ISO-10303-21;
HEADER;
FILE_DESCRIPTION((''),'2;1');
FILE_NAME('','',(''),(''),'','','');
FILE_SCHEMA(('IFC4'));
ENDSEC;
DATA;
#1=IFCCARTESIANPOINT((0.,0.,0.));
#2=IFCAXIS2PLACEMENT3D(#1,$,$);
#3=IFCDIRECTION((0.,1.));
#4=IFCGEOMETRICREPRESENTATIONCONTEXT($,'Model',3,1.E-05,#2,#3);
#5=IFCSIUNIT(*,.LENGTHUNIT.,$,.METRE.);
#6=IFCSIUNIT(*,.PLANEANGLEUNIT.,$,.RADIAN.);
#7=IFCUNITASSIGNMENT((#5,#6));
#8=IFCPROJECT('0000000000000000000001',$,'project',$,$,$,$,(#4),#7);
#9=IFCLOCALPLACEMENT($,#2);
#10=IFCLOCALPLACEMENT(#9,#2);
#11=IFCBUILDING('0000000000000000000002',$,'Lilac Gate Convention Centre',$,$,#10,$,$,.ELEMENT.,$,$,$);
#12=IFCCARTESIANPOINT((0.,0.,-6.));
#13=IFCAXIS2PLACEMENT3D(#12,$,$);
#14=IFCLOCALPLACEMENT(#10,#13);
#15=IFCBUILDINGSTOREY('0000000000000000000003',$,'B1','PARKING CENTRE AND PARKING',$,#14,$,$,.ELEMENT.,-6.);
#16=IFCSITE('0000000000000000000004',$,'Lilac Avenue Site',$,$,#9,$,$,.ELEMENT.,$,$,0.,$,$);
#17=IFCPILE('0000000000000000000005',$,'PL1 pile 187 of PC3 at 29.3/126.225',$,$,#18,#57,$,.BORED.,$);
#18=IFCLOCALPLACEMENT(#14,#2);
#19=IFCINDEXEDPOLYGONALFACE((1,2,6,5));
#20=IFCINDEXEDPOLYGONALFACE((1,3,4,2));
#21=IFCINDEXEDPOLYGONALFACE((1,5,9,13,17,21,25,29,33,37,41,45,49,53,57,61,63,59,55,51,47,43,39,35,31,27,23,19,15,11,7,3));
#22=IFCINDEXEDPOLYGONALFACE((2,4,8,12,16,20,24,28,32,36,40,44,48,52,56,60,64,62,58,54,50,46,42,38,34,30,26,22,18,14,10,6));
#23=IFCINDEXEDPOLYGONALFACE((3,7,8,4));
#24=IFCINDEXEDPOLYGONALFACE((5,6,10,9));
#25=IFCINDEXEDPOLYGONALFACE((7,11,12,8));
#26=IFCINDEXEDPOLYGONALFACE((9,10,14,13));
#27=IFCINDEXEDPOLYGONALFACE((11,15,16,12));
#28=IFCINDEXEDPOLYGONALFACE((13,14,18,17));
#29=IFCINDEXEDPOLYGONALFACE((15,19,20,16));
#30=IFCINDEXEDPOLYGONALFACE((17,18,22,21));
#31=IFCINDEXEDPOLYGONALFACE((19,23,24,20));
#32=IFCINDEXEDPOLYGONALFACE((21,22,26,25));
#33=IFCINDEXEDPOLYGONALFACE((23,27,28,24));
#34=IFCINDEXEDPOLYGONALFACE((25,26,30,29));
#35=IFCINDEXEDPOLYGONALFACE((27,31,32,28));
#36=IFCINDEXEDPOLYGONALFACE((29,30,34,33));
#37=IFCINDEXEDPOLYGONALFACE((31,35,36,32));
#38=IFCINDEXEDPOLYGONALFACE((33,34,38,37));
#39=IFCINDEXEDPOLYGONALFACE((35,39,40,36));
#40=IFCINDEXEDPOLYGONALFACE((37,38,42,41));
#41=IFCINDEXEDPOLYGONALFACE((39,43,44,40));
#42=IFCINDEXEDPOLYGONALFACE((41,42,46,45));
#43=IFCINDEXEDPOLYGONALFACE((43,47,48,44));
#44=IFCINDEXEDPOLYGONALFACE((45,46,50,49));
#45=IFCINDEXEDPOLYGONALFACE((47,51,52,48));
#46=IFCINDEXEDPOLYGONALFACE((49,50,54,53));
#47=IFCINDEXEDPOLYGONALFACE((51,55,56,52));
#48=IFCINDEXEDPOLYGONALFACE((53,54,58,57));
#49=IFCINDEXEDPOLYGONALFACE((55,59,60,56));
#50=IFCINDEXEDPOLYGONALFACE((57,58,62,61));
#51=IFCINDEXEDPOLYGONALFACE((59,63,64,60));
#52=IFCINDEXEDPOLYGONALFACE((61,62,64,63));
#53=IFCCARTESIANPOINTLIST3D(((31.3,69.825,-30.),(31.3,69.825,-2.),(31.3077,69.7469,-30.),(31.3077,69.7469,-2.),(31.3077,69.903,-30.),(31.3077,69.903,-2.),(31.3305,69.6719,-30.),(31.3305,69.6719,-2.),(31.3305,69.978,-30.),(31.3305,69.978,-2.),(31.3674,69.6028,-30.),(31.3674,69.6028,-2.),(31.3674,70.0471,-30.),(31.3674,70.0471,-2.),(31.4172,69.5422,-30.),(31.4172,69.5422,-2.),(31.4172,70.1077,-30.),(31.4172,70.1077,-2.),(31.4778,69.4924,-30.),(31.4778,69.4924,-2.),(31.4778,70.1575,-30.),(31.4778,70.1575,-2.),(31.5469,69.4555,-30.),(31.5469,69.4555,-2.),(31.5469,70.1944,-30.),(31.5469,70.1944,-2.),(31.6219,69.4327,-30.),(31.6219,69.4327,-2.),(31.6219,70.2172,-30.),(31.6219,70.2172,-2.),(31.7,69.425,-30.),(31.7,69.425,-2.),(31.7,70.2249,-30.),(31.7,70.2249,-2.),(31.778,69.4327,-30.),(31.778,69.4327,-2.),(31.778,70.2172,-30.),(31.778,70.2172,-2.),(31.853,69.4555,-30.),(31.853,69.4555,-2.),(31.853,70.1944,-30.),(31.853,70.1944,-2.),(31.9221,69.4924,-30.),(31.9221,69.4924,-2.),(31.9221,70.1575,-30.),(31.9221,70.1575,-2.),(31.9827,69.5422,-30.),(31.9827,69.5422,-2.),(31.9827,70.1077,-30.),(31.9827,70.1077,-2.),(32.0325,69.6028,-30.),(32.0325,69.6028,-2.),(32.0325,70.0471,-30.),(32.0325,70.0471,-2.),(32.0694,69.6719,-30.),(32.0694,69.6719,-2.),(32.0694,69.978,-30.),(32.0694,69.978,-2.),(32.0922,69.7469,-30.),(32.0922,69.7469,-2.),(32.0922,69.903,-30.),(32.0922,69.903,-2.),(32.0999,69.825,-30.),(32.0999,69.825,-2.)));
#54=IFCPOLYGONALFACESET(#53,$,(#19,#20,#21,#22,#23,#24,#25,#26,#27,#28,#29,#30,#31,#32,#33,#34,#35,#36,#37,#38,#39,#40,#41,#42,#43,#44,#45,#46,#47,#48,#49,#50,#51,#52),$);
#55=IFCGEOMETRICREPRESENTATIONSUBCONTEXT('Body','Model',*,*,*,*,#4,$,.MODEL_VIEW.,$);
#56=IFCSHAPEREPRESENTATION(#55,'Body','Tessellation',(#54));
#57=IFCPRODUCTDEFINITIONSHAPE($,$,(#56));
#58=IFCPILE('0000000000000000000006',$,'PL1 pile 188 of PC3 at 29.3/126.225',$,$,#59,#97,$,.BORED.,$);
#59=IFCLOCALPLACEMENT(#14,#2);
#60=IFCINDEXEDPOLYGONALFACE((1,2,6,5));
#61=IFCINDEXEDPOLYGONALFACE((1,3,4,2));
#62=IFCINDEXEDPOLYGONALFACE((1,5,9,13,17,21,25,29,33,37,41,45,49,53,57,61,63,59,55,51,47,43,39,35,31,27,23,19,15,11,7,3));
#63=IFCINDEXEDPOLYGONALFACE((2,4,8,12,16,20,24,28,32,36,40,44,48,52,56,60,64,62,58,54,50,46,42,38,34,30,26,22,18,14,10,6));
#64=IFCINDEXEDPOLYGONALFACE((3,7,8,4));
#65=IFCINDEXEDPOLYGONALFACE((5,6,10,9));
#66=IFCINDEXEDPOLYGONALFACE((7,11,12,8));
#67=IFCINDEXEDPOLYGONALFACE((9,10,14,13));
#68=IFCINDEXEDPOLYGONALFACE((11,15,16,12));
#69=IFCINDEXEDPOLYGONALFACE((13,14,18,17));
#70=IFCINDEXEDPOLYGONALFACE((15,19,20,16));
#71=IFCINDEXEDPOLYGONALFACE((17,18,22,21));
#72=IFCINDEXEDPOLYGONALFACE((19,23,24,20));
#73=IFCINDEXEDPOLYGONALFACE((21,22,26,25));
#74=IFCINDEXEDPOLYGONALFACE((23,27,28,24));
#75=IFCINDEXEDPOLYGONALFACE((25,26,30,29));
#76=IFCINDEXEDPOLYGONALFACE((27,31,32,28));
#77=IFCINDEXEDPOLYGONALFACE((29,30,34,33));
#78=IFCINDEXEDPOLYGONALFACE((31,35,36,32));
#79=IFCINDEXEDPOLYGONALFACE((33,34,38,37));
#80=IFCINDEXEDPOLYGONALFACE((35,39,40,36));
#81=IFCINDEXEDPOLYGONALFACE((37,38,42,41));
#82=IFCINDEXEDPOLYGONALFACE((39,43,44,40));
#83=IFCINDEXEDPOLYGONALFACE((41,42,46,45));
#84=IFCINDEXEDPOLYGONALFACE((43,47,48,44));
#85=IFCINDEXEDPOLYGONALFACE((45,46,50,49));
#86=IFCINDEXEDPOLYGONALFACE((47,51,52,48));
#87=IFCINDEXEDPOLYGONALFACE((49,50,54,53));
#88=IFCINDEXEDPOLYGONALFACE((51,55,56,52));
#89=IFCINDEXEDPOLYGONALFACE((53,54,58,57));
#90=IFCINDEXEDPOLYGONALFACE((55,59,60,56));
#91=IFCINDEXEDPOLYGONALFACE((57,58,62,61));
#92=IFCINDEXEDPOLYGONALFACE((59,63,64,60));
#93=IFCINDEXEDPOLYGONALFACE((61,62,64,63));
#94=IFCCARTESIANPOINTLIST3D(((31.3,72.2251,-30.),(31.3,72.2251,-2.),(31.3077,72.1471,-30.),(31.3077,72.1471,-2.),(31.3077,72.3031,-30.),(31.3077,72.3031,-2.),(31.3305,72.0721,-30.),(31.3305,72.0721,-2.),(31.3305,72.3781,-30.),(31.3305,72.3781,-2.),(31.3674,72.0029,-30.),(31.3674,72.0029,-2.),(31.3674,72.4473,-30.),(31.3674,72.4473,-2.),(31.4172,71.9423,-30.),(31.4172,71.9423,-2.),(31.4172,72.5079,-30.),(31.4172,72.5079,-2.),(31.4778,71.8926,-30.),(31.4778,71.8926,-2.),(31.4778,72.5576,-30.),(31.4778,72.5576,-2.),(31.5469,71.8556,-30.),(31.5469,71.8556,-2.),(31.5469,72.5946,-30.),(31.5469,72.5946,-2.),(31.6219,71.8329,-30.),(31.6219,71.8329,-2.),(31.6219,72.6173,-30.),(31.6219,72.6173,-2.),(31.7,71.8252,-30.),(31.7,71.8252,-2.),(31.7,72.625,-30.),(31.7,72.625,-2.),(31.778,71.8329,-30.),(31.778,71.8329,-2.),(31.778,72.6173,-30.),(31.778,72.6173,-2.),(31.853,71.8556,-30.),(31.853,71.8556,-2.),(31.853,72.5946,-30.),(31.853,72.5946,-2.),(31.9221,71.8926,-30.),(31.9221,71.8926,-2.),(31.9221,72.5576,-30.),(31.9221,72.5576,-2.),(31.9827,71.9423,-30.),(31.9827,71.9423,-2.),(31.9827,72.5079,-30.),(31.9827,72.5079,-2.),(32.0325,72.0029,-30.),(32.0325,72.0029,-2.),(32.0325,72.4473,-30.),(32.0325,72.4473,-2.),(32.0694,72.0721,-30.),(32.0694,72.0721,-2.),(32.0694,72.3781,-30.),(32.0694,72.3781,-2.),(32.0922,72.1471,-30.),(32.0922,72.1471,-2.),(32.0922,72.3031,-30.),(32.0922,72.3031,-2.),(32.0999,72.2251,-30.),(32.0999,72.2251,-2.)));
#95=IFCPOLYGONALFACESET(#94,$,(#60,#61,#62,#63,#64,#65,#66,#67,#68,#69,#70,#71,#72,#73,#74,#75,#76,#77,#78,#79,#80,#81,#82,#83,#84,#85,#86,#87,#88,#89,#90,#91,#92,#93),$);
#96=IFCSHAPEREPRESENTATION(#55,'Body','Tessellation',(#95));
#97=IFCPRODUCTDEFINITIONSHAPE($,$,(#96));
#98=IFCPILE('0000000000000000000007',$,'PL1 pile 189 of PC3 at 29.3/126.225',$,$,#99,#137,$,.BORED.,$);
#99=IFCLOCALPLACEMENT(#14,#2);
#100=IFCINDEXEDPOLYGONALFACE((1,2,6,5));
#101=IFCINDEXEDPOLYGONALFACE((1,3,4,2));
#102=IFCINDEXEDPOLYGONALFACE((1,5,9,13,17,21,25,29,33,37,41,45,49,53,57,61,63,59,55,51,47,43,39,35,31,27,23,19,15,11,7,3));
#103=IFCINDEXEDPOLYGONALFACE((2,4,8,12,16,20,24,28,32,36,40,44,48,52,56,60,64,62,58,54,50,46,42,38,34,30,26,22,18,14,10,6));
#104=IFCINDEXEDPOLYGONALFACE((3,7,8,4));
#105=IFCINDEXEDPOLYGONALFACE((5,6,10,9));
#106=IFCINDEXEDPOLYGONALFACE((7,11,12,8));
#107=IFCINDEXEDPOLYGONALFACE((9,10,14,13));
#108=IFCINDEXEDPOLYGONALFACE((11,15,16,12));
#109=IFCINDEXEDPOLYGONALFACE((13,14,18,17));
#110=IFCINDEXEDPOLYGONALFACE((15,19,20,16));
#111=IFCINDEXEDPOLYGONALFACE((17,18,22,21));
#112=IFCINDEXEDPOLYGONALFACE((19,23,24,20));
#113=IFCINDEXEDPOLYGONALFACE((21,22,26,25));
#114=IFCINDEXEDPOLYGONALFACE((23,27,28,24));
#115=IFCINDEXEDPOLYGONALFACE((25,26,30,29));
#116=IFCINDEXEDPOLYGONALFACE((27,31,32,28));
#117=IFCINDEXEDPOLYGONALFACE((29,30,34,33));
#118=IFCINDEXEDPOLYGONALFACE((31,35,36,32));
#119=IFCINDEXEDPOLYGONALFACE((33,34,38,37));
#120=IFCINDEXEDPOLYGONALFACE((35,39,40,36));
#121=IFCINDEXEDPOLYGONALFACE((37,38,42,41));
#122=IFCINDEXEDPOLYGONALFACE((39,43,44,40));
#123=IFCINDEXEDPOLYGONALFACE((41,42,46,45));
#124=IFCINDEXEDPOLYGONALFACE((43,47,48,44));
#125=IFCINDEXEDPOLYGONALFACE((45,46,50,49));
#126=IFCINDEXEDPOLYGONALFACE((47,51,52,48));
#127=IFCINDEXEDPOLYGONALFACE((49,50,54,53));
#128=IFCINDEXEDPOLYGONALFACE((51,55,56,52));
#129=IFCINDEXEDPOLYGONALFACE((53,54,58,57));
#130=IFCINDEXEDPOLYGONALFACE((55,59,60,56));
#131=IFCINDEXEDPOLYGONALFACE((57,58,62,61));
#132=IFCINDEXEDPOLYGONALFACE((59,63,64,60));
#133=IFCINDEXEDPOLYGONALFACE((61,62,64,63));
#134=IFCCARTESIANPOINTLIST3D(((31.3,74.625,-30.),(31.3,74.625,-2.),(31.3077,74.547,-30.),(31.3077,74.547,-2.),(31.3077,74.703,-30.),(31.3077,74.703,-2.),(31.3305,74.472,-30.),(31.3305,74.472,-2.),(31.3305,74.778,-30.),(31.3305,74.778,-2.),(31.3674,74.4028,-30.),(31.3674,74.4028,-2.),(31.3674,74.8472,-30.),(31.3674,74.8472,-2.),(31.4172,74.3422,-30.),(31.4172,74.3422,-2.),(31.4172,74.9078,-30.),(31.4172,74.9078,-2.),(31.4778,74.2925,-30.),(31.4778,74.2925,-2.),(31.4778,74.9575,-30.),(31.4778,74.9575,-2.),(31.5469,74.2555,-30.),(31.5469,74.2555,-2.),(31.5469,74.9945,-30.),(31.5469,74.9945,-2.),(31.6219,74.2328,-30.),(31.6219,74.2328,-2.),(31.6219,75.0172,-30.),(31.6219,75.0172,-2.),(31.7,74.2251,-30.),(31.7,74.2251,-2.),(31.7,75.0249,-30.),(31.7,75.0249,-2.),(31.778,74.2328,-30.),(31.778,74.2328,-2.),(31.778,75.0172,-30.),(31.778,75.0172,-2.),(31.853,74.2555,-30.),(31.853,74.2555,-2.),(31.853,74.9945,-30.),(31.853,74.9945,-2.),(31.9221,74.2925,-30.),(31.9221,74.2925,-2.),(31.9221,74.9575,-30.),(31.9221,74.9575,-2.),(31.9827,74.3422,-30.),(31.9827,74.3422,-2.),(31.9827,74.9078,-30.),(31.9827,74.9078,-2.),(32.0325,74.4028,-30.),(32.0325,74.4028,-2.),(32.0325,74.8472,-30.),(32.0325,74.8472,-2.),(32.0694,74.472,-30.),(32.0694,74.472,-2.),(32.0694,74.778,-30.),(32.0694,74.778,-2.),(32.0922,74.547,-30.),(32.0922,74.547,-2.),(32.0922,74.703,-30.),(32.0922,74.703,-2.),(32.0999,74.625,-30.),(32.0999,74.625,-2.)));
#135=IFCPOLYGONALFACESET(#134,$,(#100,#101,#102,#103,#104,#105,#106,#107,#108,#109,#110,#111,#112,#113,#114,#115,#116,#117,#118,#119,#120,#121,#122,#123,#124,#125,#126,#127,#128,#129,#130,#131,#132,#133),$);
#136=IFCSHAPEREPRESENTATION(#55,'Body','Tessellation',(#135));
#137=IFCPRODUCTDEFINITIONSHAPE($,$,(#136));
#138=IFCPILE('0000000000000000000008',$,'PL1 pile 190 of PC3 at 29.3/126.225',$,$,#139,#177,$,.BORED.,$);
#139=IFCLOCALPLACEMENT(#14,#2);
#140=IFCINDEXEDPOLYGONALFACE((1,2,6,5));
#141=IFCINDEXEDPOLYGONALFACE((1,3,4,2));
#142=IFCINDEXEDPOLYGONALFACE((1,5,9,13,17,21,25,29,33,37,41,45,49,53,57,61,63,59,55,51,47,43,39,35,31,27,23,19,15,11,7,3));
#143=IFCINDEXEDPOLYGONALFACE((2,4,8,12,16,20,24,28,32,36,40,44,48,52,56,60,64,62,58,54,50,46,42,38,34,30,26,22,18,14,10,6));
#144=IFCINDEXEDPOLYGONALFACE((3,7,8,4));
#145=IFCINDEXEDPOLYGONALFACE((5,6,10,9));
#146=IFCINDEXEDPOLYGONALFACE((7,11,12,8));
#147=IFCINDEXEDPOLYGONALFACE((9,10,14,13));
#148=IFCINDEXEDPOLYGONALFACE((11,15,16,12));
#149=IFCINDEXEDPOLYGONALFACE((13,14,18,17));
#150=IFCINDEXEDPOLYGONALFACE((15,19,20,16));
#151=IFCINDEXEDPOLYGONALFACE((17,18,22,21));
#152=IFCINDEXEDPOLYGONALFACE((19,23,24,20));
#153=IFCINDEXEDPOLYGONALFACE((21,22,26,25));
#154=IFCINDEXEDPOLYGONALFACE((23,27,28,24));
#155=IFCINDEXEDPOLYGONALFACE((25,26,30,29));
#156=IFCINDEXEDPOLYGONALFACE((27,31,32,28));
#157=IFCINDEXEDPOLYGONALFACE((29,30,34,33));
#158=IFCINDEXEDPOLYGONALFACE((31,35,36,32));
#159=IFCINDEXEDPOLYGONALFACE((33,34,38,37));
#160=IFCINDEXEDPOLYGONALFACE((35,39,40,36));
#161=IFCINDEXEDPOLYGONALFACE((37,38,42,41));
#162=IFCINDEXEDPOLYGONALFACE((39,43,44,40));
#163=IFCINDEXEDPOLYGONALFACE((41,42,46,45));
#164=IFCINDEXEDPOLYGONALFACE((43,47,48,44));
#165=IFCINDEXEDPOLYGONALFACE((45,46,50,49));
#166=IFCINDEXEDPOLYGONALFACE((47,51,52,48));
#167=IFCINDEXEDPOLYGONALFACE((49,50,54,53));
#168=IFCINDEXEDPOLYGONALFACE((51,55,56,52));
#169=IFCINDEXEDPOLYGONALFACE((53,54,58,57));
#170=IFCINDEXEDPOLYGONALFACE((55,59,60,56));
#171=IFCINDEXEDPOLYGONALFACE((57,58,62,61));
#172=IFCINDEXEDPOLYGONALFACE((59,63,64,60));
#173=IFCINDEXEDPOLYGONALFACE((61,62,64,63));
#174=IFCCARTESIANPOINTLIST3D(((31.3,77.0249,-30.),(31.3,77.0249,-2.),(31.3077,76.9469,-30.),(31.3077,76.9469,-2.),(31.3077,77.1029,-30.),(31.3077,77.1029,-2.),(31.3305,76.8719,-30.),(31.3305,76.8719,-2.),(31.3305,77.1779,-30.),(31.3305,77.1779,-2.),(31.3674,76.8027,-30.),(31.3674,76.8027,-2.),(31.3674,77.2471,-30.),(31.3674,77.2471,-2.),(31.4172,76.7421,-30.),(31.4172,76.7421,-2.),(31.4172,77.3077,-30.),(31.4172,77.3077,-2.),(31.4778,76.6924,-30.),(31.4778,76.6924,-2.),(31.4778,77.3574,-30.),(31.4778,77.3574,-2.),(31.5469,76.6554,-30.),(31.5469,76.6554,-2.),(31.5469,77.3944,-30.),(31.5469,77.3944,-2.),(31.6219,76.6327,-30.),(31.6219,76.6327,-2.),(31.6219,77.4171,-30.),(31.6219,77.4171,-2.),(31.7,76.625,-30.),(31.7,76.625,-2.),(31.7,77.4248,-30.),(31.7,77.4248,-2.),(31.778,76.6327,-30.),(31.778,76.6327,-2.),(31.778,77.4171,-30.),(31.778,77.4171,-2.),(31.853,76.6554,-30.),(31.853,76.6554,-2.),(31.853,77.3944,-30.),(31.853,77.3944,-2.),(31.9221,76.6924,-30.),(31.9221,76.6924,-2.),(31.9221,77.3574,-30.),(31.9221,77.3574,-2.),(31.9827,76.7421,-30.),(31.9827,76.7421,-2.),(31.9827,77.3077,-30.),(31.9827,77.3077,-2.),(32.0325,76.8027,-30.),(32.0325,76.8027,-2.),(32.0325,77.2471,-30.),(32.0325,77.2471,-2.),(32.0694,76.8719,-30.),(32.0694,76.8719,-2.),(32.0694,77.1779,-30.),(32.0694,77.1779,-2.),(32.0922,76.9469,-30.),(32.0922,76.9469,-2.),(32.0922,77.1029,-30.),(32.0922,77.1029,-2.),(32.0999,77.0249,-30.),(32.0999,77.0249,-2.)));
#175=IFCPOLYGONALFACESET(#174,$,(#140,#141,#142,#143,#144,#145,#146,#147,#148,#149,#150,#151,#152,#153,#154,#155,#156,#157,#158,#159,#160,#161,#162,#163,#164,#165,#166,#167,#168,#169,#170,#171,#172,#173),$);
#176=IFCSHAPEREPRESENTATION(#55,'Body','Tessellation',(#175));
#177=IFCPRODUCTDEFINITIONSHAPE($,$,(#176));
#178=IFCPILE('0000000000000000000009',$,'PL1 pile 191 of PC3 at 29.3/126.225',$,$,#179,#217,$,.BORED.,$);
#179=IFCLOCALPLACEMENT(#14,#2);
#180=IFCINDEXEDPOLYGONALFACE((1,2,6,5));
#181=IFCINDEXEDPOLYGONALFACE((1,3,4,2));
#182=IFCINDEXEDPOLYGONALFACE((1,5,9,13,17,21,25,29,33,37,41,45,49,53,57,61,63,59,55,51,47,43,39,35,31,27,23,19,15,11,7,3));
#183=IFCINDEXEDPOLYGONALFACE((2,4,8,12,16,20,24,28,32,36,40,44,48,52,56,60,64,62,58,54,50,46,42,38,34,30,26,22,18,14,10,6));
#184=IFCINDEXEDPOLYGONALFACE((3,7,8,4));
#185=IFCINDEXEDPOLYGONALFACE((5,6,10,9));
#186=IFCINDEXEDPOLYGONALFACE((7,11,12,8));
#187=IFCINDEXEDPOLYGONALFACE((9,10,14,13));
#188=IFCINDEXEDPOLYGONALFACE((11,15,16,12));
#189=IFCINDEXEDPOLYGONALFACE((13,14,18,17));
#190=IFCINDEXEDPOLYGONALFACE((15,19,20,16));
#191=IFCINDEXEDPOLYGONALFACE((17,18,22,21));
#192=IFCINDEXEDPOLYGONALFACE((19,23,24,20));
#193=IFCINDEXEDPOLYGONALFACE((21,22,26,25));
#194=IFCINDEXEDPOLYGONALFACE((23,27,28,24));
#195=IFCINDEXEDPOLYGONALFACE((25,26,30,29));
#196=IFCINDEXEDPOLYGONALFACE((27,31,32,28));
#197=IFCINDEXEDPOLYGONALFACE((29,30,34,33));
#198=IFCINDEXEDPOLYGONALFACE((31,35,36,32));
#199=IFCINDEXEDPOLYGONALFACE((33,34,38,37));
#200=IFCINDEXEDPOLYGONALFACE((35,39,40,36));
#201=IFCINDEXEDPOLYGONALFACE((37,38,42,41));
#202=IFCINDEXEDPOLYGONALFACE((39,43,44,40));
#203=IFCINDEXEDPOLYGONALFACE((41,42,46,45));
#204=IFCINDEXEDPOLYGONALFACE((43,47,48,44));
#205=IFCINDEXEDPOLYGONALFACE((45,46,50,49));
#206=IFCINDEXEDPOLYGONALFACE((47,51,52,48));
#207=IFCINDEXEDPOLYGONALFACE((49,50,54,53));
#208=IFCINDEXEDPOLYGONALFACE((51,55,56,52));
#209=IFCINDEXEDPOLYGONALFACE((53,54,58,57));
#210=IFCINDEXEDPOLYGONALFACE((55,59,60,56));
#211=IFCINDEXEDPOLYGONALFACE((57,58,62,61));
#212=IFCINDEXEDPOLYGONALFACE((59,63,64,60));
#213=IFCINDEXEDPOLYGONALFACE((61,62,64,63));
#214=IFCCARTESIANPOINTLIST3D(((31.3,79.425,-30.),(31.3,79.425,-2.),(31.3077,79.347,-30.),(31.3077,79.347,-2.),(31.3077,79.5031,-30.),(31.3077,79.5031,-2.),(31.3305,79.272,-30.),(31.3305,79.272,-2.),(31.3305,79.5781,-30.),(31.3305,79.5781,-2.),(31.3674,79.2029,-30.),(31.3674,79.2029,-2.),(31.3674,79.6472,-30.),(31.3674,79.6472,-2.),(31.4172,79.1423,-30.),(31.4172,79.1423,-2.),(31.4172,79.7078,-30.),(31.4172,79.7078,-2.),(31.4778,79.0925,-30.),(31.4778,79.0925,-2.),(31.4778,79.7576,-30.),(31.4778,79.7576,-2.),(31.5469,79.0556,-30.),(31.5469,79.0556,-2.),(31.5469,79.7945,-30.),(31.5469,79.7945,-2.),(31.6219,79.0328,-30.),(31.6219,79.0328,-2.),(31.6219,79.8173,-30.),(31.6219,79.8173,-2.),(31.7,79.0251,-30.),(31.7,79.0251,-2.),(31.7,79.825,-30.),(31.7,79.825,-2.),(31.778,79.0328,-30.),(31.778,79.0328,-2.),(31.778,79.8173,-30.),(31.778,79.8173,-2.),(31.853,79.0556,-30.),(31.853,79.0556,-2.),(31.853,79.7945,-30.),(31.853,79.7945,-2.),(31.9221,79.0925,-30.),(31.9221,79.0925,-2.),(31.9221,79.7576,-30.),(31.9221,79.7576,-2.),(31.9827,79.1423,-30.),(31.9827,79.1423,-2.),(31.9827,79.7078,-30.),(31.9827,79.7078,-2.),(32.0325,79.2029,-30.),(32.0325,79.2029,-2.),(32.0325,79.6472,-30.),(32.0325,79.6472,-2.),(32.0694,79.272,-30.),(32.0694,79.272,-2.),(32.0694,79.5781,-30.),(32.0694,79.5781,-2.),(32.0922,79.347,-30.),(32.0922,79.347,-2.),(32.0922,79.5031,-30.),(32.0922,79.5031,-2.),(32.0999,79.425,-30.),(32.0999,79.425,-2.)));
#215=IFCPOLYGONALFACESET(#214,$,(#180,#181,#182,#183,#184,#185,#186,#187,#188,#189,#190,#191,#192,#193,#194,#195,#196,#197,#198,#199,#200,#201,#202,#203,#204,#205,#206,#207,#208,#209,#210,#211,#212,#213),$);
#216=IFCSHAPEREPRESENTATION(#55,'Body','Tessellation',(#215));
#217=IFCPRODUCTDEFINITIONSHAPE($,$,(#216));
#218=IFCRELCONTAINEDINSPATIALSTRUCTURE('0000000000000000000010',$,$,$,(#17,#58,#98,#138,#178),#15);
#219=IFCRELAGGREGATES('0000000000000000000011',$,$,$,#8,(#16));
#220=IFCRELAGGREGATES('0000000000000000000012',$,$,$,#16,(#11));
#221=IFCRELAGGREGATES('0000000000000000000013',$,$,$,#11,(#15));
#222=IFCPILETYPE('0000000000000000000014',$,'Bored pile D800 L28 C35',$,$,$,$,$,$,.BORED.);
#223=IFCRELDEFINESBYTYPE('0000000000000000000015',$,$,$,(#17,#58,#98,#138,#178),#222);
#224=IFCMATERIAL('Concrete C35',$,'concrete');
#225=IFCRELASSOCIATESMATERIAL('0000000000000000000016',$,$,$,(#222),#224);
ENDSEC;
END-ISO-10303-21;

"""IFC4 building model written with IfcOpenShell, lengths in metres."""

from ifc_helpers import new_model, si_unit, direction, frame, origin, origin_2d, place, context, subcontext, project, spatial, circle, extrude, material, material_profile, profile_set, type_object, element, save


model = new_model("IFC4")

# Units and contexts
model_context = context("Model", 3, precision=1e-05, world=origin(), true_north=direction((0.0, 1.0)))
body_context = subcontext(model_context, "Body", "Model", "MODEL_VIEW")
ifc_project = project(units=[si_unit("LENGTHUNIT", "METRE"), si_unit("PLANEANGLEUNIT", "RADIAN")], contexts=[model_context])

# Site, building, storey
site_placement = place(None, origin())
site = spatial("IfcSite", under=ifc_project, at=site_placement, Name="Lilac Avenue Site", CompositionType="ELEMENT", RefElevation=0.0)
building_placement = place(site_placement, origin())
building = spatial("IfcBuilding", under=site, at=building_placement, Name="Lilac Gate Convention Centre", CompositionType="ELEMENT")
storey_placement = place(building_placement, frame((0.0, 0.0, -6.0)))
storey = spatial("IfcBuildingStorey", under=building, at=storey_placement, Name="B1", Description="PARKING CENTRE AND PARKING", CompositionType="ELEMENT", Elevation=-6.0)

# Piles
ifc_material_1 = material(Name="Concrete C35", Category="concrete")
ifc_material_profile_1 = material_profile(ifc_material_1, circle(Radius=0.3999, at=origin_2d()), Name="D800")
ifc_profile_set_1 = profile_set([ifc_material_profile_1], Name="Concrete C35")
pile_type = type_object("IfcPileType", Name="Bored pile D800 L28 C35", PredefinedType="BORED", material=ifc_profile_set_1)
for number, where, z_axis, x_axis, name in (
    (1, (31.7, 69.825, -2.0), (0.0, 0.0, -1.0), (1.0, 0.0, 0.0), "PL1 pile 187 of PC3 at 29.3/126.225"),
    (2, (31.7, 72.2251, -2.0), (0.0, 0.0, -1.0), (1.0, 0.0, 0.0), "PL1 pile 188 of PC3 at 29.3/126.225"),
    (3, (31.7, 74.625, -2.0), (0.0, 0.0, -1.0), (1.0, 0.0, 0.0), "PL1 pile 189 of PC3 at 29.3/126.225"),
    (4, (31.7, 77.0249, -2.0), (0.0, 0.0, -1.0), (1.0, 0.0, 0.0), "PL1 pile 190 of PC3 at 29.3/126.225"),
    (5, (31.7, 79.425, -2.0), (0.0, 0.0, -1.0), (1.0, 0.0, 0.0), "PL1 pile 191 of PC3 at 29.3/126.225"),
):
    element("IfcPile", number, at=place(storey_placement, frame(where, z_axis=z_axis, x_axis=x_axis)), inside=storey, type_object=pile_type, Name=name, PredefinedType="BORED", context=body_context, shape_type="SweptSolid", body=[
        extrude(circle(Radius=0.3999, at=origin_2d()), origin(), (0.0, 0.0, 1.0), 28.0),
    ])

save(model, "model.ifc")
